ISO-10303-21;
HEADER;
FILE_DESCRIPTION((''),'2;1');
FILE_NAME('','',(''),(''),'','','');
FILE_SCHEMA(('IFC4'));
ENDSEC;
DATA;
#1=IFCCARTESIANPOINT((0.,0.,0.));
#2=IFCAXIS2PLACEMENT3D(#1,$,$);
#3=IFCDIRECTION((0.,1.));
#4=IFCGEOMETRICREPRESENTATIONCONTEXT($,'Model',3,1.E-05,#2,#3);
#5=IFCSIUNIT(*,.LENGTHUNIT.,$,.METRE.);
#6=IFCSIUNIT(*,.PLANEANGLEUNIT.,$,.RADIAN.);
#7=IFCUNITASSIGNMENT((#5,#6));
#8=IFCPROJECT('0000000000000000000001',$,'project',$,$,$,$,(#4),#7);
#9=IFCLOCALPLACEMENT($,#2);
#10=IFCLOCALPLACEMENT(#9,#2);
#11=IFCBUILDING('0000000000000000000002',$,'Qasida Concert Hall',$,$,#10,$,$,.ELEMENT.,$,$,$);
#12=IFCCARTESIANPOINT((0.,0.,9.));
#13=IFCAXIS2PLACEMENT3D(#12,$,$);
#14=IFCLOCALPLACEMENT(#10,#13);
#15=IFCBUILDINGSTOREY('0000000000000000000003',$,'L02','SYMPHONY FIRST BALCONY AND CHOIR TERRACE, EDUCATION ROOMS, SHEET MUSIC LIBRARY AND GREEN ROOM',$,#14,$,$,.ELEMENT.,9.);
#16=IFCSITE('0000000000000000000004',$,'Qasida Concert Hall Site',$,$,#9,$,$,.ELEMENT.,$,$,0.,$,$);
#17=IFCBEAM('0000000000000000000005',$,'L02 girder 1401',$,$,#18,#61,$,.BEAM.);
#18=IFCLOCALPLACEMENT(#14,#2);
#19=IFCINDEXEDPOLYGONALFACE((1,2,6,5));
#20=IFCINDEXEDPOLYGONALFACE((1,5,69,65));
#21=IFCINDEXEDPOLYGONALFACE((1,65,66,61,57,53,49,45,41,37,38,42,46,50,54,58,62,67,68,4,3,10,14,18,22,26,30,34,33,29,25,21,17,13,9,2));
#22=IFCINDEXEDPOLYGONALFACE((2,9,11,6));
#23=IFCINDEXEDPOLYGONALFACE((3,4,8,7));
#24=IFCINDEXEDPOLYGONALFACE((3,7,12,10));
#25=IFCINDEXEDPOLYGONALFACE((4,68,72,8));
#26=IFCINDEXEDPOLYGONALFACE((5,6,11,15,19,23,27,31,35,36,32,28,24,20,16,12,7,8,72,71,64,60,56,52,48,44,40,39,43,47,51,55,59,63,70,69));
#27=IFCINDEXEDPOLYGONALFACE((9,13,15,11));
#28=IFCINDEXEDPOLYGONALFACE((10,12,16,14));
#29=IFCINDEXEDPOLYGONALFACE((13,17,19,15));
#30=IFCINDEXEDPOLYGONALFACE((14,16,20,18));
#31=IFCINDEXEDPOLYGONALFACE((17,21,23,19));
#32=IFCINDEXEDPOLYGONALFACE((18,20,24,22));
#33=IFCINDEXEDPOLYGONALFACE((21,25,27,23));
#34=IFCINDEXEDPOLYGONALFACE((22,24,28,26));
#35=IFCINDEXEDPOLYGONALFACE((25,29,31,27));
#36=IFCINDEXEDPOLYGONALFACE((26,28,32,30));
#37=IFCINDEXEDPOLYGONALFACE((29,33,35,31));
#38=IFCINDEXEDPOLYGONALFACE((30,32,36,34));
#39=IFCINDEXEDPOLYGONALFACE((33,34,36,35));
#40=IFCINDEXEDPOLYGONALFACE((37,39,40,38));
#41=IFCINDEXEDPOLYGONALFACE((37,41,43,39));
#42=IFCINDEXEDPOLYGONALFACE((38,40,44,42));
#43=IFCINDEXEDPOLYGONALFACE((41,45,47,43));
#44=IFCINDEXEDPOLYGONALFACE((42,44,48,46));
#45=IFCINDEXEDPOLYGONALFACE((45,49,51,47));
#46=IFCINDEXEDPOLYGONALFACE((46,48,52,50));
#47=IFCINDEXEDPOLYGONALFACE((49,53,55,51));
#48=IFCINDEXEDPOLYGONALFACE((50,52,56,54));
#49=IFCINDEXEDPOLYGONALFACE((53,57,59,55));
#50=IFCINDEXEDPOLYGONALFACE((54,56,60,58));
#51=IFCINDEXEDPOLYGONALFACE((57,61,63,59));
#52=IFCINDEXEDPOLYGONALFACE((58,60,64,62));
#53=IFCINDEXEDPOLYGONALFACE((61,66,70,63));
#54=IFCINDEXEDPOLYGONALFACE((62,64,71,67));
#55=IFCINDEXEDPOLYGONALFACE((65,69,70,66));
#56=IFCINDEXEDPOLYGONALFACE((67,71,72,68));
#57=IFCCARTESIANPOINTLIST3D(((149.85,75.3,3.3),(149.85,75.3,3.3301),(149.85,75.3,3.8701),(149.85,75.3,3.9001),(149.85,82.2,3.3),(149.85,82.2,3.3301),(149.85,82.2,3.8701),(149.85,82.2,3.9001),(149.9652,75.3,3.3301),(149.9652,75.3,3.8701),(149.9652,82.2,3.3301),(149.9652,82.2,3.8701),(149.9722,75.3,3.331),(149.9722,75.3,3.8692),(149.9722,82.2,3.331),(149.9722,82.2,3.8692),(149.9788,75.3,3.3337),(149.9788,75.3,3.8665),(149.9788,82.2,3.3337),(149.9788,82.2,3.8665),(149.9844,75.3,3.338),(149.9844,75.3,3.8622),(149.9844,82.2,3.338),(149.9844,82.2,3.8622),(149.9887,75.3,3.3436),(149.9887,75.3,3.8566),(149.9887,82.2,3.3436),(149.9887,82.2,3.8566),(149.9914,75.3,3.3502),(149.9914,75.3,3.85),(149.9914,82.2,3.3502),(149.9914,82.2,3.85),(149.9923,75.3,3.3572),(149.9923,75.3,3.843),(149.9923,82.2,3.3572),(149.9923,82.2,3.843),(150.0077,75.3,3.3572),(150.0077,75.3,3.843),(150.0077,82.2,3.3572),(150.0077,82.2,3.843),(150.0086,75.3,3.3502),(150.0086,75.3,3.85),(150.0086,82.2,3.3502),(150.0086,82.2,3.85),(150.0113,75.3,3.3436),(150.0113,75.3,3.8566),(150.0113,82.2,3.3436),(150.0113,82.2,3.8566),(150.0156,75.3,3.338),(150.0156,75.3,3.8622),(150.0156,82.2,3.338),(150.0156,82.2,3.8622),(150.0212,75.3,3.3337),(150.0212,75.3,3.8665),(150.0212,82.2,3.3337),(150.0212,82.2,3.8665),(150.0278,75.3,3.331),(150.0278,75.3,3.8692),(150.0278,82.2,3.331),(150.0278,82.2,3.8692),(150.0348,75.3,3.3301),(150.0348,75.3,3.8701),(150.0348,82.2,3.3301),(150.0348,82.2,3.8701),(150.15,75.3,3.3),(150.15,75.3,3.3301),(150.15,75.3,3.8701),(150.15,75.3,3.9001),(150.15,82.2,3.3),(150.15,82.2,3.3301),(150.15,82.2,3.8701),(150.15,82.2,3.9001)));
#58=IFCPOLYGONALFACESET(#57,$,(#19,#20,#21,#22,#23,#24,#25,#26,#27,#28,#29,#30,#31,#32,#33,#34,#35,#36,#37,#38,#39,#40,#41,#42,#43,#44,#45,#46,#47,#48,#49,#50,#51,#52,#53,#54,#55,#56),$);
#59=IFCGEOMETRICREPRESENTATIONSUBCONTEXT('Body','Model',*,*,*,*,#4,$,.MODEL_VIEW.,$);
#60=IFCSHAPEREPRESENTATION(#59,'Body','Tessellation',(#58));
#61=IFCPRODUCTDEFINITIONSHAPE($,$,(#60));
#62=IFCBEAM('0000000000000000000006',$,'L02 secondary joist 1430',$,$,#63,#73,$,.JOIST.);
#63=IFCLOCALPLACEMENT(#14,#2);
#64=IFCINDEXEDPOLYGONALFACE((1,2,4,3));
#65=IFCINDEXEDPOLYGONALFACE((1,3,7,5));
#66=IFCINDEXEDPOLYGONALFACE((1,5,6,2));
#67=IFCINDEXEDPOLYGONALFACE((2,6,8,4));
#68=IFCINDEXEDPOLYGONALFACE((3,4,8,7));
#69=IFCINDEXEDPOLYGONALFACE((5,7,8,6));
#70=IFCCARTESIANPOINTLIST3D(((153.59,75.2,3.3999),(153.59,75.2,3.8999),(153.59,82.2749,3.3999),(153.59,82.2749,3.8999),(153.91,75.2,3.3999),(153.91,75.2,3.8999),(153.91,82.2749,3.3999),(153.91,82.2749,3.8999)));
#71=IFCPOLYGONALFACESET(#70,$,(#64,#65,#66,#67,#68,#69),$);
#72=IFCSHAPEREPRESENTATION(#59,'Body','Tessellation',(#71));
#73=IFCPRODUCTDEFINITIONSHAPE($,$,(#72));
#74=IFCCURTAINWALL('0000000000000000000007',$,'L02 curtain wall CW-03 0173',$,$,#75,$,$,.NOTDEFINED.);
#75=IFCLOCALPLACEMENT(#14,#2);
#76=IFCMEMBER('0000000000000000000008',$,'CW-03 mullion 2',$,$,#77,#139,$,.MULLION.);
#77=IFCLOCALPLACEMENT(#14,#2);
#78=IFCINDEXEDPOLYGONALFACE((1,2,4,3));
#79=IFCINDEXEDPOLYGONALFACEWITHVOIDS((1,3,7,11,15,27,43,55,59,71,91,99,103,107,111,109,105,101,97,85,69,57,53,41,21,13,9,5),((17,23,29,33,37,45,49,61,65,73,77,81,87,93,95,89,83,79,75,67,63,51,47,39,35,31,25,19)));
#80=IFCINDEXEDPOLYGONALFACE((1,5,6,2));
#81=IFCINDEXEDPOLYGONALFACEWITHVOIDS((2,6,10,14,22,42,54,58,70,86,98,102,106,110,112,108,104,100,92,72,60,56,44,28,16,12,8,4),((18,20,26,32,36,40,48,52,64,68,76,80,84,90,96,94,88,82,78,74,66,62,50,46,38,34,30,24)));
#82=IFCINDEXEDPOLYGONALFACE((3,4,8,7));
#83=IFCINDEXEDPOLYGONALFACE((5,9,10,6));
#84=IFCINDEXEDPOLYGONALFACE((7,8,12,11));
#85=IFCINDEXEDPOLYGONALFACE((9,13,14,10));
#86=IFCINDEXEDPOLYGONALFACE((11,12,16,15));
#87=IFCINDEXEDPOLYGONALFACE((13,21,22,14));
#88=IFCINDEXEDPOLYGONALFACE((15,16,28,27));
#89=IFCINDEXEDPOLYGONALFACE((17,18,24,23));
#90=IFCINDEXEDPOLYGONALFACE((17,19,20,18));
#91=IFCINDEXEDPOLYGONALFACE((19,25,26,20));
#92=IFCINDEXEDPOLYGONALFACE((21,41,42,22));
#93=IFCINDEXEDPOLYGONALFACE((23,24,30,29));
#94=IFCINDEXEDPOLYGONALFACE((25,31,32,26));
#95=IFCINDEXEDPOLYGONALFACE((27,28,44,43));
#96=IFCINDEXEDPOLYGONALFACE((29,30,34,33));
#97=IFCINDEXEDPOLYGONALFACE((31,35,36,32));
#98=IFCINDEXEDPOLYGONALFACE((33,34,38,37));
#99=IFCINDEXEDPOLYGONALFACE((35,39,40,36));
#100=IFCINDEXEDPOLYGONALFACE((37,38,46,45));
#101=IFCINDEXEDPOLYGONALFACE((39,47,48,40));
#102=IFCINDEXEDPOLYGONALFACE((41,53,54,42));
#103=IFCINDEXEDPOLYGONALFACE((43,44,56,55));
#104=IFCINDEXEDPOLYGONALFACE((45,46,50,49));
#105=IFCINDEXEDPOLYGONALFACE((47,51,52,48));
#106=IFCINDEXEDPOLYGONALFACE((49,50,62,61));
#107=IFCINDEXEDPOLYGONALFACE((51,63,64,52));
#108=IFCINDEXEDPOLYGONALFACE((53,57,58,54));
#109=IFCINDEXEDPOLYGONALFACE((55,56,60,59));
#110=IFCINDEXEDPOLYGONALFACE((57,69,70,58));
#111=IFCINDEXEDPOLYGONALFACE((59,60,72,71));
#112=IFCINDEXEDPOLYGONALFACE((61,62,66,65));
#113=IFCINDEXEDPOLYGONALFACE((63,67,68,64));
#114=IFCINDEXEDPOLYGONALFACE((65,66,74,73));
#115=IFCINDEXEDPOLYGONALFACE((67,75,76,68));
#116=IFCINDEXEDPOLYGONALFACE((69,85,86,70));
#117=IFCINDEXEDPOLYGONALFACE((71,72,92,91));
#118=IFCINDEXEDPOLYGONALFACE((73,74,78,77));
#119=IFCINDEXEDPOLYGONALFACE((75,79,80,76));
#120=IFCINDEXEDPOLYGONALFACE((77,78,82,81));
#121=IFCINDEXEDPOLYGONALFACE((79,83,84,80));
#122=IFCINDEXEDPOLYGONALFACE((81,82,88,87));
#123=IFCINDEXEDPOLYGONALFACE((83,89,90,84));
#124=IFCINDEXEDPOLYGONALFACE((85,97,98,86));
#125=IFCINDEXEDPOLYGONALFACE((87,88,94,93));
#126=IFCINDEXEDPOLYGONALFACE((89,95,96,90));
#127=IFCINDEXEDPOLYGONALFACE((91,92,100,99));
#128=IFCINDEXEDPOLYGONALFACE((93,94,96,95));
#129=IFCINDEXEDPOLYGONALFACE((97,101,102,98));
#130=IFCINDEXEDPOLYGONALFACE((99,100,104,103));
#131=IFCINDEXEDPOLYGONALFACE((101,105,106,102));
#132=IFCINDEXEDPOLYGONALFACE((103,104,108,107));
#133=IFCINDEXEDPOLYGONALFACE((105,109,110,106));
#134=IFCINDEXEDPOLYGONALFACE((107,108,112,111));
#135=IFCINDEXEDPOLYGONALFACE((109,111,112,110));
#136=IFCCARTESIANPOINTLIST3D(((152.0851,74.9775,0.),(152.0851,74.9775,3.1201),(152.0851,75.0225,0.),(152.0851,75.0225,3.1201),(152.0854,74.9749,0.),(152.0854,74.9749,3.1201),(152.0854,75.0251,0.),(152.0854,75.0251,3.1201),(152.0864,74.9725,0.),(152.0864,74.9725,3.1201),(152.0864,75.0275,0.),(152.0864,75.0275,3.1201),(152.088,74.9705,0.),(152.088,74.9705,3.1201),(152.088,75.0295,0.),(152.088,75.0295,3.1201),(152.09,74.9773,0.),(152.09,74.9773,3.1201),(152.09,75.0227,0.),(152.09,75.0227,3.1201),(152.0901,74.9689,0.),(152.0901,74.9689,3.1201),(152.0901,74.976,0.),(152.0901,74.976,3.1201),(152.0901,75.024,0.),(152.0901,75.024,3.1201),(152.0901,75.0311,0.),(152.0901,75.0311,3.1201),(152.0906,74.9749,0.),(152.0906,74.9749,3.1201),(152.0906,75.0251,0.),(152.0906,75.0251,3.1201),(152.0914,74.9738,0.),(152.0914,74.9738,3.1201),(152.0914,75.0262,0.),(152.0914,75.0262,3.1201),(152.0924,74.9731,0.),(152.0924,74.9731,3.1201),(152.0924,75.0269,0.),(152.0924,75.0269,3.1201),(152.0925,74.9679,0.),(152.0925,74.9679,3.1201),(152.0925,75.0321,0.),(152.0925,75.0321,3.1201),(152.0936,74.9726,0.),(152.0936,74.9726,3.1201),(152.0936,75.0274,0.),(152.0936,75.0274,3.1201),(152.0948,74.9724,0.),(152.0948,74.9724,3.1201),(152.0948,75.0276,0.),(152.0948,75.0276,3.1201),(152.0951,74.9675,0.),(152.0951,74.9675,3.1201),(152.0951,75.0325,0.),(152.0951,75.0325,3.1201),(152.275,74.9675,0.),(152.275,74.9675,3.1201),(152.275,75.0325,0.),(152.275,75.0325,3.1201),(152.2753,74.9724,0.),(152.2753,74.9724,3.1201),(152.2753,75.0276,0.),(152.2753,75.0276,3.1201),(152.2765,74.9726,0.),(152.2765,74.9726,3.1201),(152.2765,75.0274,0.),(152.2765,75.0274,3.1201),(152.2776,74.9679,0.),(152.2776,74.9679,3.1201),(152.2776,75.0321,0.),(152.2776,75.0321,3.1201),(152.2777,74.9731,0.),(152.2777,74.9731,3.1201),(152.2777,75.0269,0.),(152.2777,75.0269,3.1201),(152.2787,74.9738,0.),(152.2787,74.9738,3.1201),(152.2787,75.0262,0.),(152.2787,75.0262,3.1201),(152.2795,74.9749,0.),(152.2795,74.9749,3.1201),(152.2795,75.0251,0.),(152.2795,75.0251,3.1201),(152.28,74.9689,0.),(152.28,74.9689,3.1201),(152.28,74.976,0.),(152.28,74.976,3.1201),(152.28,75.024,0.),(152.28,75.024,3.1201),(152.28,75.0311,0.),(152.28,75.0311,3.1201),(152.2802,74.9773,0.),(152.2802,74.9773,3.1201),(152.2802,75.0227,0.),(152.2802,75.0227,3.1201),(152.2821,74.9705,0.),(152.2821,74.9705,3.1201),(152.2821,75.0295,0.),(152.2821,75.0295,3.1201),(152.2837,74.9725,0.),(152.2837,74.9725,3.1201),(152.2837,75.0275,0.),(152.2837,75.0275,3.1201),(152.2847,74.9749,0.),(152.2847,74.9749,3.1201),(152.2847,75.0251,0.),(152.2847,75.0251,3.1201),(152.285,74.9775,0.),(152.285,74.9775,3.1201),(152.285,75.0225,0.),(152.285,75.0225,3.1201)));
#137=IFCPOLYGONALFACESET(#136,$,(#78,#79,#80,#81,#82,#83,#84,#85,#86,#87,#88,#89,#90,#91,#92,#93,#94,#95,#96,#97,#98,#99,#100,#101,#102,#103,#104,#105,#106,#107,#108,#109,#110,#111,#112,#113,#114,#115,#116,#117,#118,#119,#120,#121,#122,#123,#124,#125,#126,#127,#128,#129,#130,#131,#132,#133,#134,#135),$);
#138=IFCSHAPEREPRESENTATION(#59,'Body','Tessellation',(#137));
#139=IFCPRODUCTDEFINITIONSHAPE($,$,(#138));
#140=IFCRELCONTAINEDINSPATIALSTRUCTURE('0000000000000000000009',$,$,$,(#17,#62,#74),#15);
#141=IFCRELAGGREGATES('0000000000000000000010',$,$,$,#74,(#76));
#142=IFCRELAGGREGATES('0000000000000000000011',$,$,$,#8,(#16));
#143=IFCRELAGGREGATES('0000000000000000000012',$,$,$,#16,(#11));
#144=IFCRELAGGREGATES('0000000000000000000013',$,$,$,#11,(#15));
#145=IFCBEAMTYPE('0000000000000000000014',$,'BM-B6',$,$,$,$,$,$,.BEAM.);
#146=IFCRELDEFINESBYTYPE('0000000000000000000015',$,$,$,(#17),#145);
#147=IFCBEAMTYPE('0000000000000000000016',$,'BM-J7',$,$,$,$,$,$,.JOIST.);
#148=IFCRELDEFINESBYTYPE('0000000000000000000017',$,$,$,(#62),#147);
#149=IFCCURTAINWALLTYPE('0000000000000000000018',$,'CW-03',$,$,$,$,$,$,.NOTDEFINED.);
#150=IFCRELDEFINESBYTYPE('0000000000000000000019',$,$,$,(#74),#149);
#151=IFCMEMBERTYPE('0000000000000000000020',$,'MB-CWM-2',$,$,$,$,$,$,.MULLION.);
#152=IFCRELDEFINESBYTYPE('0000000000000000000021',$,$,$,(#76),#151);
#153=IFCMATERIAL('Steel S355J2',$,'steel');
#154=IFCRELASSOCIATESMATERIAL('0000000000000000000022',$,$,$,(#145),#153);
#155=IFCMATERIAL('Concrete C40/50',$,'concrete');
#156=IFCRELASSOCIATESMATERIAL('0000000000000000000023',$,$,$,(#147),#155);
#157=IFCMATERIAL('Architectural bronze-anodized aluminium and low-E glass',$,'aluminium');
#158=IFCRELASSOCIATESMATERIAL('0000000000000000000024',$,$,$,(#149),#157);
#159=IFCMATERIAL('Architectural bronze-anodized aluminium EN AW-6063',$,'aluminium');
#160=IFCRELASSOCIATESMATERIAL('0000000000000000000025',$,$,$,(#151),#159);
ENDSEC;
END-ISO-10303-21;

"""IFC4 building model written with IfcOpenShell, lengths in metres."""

from ifc_helpers import new_model, si_unit, direction, frame, origin, origin_2d, place, context, subcontext, project, spatial, rectangle, hollow_rectangle, i_section, extrude, material, material_profile, profile_set, type_object, element, aggregate, save


model = new_model("IFC4")

# Units and contexts
model_context = context("Model", 3, precision=1e-05, world=origin(), true_north=direction((0.0, 1.0)))
body_context = subcontext(model_context, "Body", "Model", "MODEL_VIEW")
ifc_project = project(units=[si_unit("LENGTHUNIT", "METRE"), si_unit("PLANEANGLEUNIT", "RADIAN")], contexts=[model_context])

# Site, building, storey
site_placement = place(None, origin())
site = spatial("IfcSite", under=ifc_project, at=site_placement, Name="Qasida Concert Hall Site", CompositionType="ELEMENT", RefElevation=0.0)
building_placement = place(site_placement, origin())
building = spatial("IfcBuilding", under=site, at=building_placement, Name="Qasida Concert Hall", CompositionType="ELEMENT")
storey_placement = place(building_placement, frame((0.0, 0.0, 9.0)))
storey = spatial("IfcBuildingStorey", under=building, at=storey_placement, Name="L02", Description="SYMPHONY FIRST BALCONY AND CHOIR TERRACE, EDUCATION ROOMS, SHEET MUSIC LIBRARY AND GREEN ROOM", CompositionType="ELEMENT", Elevation=9.0)

# Beams
ifc_material_1 = material(Name="Steel S355J2", Category="steel")
ifc_material_profile_1 = material_profile(ifc_material_1, i_section(OverallWidth=0.3, OverallDepth=0.6001, WebThickness=0.0154, FlangeThickness=0.03, FilletRadius=0.0271, at=origin_2d()), Name="HEB 600")
ifc_profile_set_1 = profile_set([ifc_material_profile_1], Name="Steel S355J2")
beam_type_1 = type_object("IfcBeamType", Name="BM-B6", PredefinedType="BEAM", material=ifc_profile_set_1)
beam_1_placement = place(storey_placement, frame((150.0, 75.3, 3.6001), z_axis=(0.0, 1.0, 0.0), x_axis=(-1.0, 0.0, 0.0)))
element("IfcBeam", 1, at=beam_1_placement, inside=storey, type_object=beam_type_1, Name="L02 girder 1401", PredefinedType="BEAM", context=body_context, shape_type="SweptSolid", body=[
    extrude(i_section(OverallWidth=0.3, OverallDepth=0.6001, WebThickness=0.0154, FlangeThickness=0.03, FilletRadius=0.0271, at=origin_2d()), origin(), (0.0, 0.0, 1.0), 6.8999),
])
ifc_material_2 = material(Name="Concrete C40/50", Category="concrete")
ifc_material_profile_2 = material_profile(ifc_material_2, rectangle(XDim=0.3201, YDim=0.5, at=origin_2d()), Name="RC 320x500")
ifc_profile_set_2 = profile_set([ifc_material_profile_2], Name="Concrete C40/50")
beam_type_2 = type_object("IfcBeamType", Name="BM-J7", PredefinedType="JOIST", material=ifc_profile_set_2)
beam_2_placement = place(storey_placement, frame((153.75, 75.2, 3.6499), z_axis=(0.0, 1.0, 0.0), x_axis=(-1.0, 0.0, 0.0)))
element("IfcBeam", 2, at=beam_2_placement, inside=storey, type_object=beam_type_2, Name="L02 secondary joist 1430", PredefinedType="JOIST", context=body_context, shape_type="SweptSolid", body=[
    extrude(rectangle(XDim=0.3201, YDim=0.5, at=origin_2d()), origin(), (0.0, 0.0, 1.0), 7.075),
])

# Curtain wall, member
ifc_material_3 = material(Name="Architectural bronze-anodized aluminium and low-E glass", Category="aluminium")
curtain_wall_type = type_object("IfcCurtainWallType", Name="CW-03", PredefinedType="NOTDEFINED", material=ifc_material_3)
curtain_wall_placement = place(storey_placement, origin())
curtain_wall = element("IfcCurtainWall", 3, at=curtain_wall_placement, inside=storey, type_object=curtain_wall_type, Name="L02 curtain wall CW-03 0173", PredefinedType="NOTDEFINED")
ifc_material_4 = material(Name="Architectural bronze-anodized aluminium EN AW-6063", Category="aluminium")
ifc_material_profile_3 = material_profile(ifc_material_4, hollow_rectangle(XDim=0.0649, YDim=0.2, WallThickness=0.0049, InnerFilletRadius=0.0049, OuterFilletRadius=0.01, at=origin_2d()), Name="CWM 200x65x5")
ifc_profile_set_3 = profile_set([ifc_material_profile_3], Name="Architectural bronze-anodized aluminium EN AW-6063")
member_type_1 = type_object("IfcMemberType", Name="MB-CWM-2", PredefinedType="MULLION", material=ifc_profile_set_3)
member_1_placement = place(storey_placement, frame((152.1851, 75.0, 0.0), z_axis=(0.0, 0.0, 1.0), x_axis=(0.0, 1.0, 0.0)))
member_1 = element("IfcMember", 4, at=member_1_placement, type_object=member_type_1, Name="CW-03 mullion 2", PredefinedType="MULLION", context=body_context, shape_type="SweptSolid", body=[
    extrude(hollow_rectangle(XDim=0.0649, YDim=0.2, WallThickness=0.0049, InnerFilletRadius=0.0049, OuterFilletRadius=0.01, at=origin_2d()), origin(), (0.0, 0.0, 1.0), 3.1201),
])
aggregate(curtain_wall, [member_1])

save(model, "model.ifc")
